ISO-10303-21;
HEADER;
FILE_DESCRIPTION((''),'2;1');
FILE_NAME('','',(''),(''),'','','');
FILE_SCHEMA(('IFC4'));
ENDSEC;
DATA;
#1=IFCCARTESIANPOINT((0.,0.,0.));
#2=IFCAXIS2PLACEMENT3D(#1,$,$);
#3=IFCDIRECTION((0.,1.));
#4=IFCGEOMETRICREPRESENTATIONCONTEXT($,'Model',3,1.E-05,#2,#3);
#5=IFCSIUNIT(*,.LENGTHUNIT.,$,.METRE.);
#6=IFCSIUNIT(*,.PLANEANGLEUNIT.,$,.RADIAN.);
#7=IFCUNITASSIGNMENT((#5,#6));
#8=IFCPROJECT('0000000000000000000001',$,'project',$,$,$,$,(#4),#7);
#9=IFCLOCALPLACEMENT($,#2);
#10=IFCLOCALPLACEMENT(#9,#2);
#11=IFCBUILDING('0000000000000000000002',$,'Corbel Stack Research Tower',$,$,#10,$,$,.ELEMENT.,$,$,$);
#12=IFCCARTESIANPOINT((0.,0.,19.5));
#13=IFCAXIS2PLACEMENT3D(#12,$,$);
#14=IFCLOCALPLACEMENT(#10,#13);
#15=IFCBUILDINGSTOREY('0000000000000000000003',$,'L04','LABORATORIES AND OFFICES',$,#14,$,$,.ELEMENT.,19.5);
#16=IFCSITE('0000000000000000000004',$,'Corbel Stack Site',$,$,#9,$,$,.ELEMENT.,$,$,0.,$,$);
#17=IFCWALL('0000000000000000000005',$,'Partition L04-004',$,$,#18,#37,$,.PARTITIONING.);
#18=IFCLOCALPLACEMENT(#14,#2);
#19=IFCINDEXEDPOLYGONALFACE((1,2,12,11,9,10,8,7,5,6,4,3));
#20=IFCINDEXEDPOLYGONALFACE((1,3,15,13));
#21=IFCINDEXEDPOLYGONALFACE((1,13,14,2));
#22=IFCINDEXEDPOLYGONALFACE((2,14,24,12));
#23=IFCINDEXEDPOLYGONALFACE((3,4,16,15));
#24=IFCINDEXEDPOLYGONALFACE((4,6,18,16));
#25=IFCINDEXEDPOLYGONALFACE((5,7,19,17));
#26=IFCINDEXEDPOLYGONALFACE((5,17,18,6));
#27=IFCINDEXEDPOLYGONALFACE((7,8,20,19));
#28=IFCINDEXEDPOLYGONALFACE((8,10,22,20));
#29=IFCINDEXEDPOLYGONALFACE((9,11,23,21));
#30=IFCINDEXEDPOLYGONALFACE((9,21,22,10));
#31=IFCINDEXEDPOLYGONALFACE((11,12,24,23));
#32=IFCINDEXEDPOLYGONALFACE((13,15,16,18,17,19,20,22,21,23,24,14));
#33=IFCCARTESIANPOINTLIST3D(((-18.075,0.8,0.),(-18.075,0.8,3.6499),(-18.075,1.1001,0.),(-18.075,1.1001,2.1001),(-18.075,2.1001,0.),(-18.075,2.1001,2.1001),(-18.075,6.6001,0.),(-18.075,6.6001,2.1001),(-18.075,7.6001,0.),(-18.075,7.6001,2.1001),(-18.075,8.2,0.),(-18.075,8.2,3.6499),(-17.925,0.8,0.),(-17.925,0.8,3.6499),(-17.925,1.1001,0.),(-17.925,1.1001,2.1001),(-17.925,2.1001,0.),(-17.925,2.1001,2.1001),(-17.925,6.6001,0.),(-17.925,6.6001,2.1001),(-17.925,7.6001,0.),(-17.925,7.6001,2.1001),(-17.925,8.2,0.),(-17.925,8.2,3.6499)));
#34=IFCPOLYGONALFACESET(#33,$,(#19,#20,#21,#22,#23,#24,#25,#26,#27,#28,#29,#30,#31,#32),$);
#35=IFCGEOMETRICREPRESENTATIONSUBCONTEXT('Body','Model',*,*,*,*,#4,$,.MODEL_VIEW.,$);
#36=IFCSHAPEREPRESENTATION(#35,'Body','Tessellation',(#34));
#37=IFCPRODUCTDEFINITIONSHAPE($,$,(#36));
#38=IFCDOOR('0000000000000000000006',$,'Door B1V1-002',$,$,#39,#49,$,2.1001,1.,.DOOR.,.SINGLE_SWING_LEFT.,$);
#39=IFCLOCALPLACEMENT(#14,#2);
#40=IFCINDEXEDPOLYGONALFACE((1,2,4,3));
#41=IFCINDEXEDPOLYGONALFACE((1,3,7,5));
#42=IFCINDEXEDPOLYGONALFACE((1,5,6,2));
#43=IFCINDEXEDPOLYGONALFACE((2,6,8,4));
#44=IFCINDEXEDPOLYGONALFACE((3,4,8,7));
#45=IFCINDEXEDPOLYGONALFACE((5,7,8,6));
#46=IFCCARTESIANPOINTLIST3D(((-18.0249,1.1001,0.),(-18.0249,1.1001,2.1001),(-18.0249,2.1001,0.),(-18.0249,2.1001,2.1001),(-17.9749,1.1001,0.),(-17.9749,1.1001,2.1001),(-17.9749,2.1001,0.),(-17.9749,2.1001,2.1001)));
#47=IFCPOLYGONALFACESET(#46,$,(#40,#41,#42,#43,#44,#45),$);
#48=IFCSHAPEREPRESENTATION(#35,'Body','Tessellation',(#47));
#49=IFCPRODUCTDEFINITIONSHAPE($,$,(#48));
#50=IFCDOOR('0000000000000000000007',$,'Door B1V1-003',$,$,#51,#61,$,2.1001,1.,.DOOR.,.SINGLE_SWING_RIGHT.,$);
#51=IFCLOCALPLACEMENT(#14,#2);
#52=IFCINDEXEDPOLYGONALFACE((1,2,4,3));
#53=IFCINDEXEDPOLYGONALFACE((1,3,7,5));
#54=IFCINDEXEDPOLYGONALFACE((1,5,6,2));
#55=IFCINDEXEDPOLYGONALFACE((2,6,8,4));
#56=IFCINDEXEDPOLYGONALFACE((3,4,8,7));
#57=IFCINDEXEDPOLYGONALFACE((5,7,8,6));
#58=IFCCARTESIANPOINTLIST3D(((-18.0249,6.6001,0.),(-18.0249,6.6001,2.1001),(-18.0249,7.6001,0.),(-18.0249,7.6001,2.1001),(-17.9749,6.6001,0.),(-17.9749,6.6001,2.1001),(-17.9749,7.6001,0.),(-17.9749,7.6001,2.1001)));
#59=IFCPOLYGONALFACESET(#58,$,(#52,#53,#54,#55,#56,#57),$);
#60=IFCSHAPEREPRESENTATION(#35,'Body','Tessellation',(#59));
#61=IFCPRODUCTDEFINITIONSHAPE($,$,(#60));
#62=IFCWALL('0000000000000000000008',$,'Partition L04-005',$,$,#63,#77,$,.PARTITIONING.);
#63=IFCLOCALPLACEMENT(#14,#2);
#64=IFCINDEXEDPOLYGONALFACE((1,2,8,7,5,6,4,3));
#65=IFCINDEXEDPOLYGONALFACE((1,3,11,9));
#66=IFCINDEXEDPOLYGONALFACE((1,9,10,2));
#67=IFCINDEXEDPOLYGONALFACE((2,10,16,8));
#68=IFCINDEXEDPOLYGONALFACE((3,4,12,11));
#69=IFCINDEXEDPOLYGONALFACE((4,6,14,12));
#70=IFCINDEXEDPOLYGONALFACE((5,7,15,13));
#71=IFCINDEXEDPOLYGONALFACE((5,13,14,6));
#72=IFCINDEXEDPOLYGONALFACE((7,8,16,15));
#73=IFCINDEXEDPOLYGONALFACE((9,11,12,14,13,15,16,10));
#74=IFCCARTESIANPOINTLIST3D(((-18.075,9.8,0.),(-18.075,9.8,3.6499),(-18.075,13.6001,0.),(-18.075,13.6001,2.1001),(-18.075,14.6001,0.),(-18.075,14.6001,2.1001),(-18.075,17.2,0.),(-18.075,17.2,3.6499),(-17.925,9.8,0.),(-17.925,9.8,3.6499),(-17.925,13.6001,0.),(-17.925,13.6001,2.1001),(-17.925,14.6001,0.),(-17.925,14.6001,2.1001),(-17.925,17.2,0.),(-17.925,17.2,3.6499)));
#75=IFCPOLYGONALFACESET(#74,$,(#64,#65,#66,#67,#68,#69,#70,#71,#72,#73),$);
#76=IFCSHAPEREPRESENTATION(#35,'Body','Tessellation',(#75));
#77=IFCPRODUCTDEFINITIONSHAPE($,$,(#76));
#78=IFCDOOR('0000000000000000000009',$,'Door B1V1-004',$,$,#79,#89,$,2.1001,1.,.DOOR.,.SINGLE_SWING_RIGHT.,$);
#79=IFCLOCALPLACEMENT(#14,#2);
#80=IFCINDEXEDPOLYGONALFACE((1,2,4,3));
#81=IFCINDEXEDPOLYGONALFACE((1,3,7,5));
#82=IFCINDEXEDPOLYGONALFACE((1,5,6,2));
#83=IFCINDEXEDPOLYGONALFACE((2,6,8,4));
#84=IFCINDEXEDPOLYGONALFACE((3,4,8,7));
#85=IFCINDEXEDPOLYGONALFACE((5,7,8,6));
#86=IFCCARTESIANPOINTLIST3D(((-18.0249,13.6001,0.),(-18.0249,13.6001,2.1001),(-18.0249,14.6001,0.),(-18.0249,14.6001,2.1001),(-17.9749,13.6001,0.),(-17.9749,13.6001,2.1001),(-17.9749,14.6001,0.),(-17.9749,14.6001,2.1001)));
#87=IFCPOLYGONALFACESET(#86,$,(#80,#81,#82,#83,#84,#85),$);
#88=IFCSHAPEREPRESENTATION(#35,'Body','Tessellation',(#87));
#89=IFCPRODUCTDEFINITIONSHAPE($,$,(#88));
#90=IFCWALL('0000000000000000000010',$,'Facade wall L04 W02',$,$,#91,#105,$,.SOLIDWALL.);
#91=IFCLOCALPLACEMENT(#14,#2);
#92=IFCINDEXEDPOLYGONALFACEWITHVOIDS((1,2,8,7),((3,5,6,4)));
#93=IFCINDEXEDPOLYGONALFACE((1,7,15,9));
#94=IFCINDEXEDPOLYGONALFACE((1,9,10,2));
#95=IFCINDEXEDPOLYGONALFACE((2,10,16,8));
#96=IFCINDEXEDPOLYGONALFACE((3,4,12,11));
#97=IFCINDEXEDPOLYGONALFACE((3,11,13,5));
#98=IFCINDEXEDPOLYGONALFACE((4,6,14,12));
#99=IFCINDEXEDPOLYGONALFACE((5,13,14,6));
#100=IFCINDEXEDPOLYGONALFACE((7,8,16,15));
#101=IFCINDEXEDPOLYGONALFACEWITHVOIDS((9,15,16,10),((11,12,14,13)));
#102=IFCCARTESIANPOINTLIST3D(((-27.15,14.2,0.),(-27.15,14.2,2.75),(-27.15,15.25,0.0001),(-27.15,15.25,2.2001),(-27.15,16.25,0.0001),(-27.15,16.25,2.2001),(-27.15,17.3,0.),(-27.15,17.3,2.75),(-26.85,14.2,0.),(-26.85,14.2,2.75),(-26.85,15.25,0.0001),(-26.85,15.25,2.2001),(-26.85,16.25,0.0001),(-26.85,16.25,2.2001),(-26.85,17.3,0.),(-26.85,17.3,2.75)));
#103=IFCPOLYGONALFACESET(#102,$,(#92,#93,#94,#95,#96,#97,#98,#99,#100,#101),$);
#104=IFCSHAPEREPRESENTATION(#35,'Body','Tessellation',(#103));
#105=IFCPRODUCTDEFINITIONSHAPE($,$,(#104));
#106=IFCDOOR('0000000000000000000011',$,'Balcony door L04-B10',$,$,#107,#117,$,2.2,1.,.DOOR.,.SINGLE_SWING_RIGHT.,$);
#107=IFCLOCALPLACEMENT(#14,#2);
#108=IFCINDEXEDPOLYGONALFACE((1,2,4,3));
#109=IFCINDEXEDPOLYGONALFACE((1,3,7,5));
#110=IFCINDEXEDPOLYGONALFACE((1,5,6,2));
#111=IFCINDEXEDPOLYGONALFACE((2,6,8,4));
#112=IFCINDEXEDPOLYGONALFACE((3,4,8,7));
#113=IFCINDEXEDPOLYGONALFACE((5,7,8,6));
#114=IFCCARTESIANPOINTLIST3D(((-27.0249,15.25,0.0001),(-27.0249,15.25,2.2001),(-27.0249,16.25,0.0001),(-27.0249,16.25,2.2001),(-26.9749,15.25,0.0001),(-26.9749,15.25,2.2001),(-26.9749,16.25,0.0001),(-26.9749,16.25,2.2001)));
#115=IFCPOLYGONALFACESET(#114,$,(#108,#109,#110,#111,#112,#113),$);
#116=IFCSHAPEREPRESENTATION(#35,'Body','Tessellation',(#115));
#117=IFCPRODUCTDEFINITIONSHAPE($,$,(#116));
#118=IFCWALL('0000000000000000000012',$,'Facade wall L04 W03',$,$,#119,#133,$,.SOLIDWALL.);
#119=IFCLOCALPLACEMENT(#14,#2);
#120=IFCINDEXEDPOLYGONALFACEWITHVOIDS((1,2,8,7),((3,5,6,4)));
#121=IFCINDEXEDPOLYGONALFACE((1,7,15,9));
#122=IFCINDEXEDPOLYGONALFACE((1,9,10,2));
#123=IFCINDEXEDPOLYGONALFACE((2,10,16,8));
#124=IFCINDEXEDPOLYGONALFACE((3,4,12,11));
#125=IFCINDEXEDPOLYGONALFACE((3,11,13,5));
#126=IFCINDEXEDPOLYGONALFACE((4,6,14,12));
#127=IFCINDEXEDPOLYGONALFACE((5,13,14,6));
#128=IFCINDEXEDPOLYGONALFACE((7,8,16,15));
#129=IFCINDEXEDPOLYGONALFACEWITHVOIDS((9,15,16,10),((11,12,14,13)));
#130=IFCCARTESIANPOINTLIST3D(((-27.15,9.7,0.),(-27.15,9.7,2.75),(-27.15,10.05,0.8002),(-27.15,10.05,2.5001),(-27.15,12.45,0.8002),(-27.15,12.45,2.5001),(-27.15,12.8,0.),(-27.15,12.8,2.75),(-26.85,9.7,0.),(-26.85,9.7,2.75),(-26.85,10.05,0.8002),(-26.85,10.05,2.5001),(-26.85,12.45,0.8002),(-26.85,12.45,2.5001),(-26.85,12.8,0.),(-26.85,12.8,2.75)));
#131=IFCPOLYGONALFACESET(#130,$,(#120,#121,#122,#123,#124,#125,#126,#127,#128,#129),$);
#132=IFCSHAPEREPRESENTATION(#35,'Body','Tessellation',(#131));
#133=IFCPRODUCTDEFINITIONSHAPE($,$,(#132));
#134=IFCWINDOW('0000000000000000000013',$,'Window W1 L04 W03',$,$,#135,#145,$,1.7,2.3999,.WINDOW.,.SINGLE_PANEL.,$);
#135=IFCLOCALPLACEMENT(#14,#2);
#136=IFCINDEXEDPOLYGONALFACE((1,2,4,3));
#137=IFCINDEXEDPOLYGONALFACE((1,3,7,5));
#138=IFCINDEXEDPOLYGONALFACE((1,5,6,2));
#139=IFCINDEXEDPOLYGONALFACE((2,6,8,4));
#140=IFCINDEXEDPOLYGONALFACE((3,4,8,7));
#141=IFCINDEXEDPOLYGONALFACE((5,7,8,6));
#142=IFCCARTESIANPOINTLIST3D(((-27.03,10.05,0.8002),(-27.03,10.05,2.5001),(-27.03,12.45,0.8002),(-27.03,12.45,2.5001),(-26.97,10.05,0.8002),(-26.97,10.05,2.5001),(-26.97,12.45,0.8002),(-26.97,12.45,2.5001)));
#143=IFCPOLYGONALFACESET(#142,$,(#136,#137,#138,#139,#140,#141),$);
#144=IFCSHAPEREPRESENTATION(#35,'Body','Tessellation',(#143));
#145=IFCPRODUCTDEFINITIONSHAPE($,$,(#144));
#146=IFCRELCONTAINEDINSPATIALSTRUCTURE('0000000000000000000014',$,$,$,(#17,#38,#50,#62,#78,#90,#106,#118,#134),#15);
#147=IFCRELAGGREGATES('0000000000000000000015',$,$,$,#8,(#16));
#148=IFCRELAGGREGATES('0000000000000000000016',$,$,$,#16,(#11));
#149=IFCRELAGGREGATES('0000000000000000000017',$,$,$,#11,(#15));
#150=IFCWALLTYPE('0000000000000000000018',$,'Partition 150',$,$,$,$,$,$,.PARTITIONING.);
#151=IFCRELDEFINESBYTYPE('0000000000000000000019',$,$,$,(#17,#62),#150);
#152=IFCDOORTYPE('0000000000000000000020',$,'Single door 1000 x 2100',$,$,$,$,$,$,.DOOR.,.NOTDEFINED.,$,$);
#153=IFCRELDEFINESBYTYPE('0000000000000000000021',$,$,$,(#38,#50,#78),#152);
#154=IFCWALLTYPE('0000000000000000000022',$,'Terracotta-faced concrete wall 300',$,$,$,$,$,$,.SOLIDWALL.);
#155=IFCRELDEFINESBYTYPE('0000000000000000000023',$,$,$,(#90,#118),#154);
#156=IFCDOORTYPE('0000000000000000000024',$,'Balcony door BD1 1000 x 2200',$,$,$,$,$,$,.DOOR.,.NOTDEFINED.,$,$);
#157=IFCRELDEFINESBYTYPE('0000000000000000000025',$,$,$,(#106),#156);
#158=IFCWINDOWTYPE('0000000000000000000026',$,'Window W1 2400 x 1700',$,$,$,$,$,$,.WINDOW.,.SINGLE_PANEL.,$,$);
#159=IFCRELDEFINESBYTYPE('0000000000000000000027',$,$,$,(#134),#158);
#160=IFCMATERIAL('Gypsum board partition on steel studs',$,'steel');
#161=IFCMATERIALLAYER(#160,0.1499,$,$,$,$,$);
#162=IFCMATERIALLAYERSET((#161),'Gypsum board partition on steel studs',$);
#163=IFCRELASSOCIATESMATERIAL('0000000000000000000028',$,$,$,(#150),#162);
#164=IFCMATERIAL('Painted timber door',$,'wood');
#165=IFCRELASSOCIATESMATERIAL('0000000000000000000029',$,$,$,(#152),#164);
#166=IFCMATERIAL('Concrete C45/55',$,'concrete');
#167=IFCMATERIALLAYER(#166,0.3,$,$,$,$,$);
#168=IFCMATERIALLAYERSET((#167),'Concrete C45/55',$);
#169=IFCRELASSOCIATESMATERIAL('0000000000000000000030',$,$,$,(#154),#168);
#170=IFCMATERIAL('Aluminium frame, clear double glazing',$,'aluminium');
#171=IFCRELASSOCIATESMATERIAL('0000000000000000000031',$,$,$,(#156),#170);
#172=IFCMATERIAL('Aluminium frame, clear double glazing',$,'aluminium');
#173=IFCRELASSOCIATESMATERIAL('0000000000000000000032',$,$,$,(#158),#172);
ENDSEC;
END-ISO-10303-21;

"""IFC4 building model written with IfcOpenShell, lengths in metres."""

from ifc_helpers import new_model, si_unit, direction, frame, frame_2d, origin, place, context, subcontext, project, spatial, rectangle, extrude, material, layer, layer_set, type_object, element, fill, save


model = new_model("IFC4")

# Units and contexts
model_context = context("Model", 3, precision=1e-05, world=origin(), true_north=direction((0.0, 1.0)))
body_context = subcontext(model_context, "Body", "Model", "MODEL_VIEW")
ifc_project = project(units=[si_unit("LENGTHUNIT", "METRE"), si_unit("PLANEANGLEUNIT", "RADIAN")], contexts=[model_context])

# Site, building, storey
site_placement = place(None, origin())
site = spatial("IfcSite", under=ifc_project, at=site_placement, Name="Corbel Stack Site", CompositionType="ELEMENT", RefElevation=0.0)
building_placement = place(site_placement, origin())
building = spatial("IfcBuilding", under=site, at=building_placement, Name="Corbel Stack Research Tower", CompositionType="ELEMENT")
storey_placement = place(building_placement, frame((0.0, 0.0, 19.5)))
storey = spatial("IfcBuildingStorey", under=building, at=storey_placement, Name="L04", Description="LABORATORIES AND OFFICES", CompositionType="ELEMENT", Elevation=19.5)

# Wall, openings, doors
ifc_material_1 = material(Name="Gypsum board partition on steel studs", Category="steel")
ifc_layer_1 = layer(ifc_material_1, 0.1499)
ifc_layer_set_1 = layer_set([ifc_layer_1], Name="Gypsum board partition on steel studs")
wall_type_1 = type_object("IfcWallType", Name="Partition 150", PredefinedType="PARTITIONING", material=ifc_layer_set_1)
wall_1_placement = place(storey_placement, frame((-18.0, 0.8, 0.0), z_axis=(0.0, 0.0, 1.0), x_axis=(0.0, 1.0, 0.0)))
wall_1 = element("IfcWall", 1, at=wall_1_placement, inside=storey, type_object=wall_type_1, Name="Partition L04-004", PredefinedType="PARTITIONING", context=body_context, shape_type="SweptSolid", body=[
    extrude(rectangle(XDim=7.3999, YDim=0.1499, at=frame_2d((3.7, 0.0))), origin(), (0.0, 0.0, 1.0), 3.6499),
])
opening_1_placement = place(wall_1_placement, frame((0.3, 0.0, 0.0)))
opening_1 = element("IfcOpeningElement", 2, at=opening_1_placement, cuts=wall_1, PredefinedType="OPENING", context=body_context, shape_type="SweptSolid", body=[
    extrude(rectangle(XDim=1.0, YDim=2.1001, at=frame_2d((0.5, 1.05))), frame((0.0, 0.085, 0.0), z_axis=(0.0, -1.0, 0.0), x_axis=(1.0, 0.0, 0.0)), (0.0, 0.0, 1.0), 0.1699),
])
opening_2_placement = place(wall_1_placement, frame((5.8, 0.0, 0.0)))
opening_2 = element("IfcOpeningElement", 3, at=opening_2_placement, cuts=wall_1, PredefinedType="OPENING", context=body_context, shape_type="SweptSolid", body=[
    extrude(rectangle(XDim=1.0, YDim=2.1001, at=frame_2d((0.5, 1.05))), frame((0.0, 0.085, 0.0), z_axis=(0.0, -1.0, 0.0), x_axis=(1.0, 0.0, 0.0)), (0.0, 0.0, 1.0), 0.1699),
])
ifc_material_2 = material(Name="Painted timber door", Category="wood")
door_type_1 = type_object("IfcDoorType", Name="Single door 1000 x 2100", OperationType="NOTDEFINED", PredefinedType="DOOR", material=ifc_material_2)
door_1_placement = place(opening_1_placement, origin())
door_1 = element("IfcDoor", 4, at=door_1_placement, inside=storey, type_object=door_type_1, Name="Door B1V1-002", OperationType="SINGLE_SWING_LEFT", OverallHeight=2.1001, OverallWidth=1.0, PredefinedType="DOOR", context=body_context, shape_type="SweptSolid", body=[
    extrude(rectangle(XDim=1.0, YDim=2.1001, at=frame_2d((0.5, 1.05))), frame((0.0, 0.0249, 0.0), z_axis=(0.0, -1.0, 0.0), x_axis=(1.0, 0.0, 0.0)), (0.0, 0.0, 1.0), 0.05),
])
fill(opening_1, door_1)
door_2_placement = place(opening_2_placement, origin())
door_2 = element("IfcDoor", 5, at=door_2_placement, inside=storey, type_object=door_type_1, Name="Door B1V1-003", OperationType="SINGLE_SWING_RIGHT", OverallHeight=2.1001, OverallWidth=1.0, PredefinedType="DOOR", context=body_context, shape_type="SweptSolid", body=[
    extrude(rectangle(XDim=1.0, YDim=2.1001, at=frame_2d((0.5, 1.05))), frame((0.0, 0.0249, 0.0), z_axis=(0.0, -1.0, 0.0), x_axis=(1.0, 0.0, 0.0)), (0.0, 0.0, 1.0), 0.05),
])
fill(opening_2, door_2)

# Walls, openings, doors
wall_2_placement = place(storey_placement, frame((-18.0, 9.8, 0.0), z_axis=(0.0, 0.0, 1.0), x_axis=(0.0, 1.0, 0.0)))
wall_2 = element("IfcWall", 6, at=wall_2_placement, inside=storey, type_object=wall_type_1, Name="Partition L04-005", PredefinedType="PARTITIONING", context=body_context, shape_type="SweptSolid", body=[
    extrude(rectangle(XDim=7.3999, YDim=0.1499, at=frame_2d((3.7, 0.0))), origin(), (0.0, 0.0, 1.0), 3.6499),
])
opening_3_placement = place(wall_2_placement, frame((3.8, 0.0, 0.0)))
opening_3 = element("IfcOpeningElement", 7, at=opening_3_placement, cuts=wall_2, PredefinedType="OPENING", context=body_context, shape_type="SweptSolid", body=[
    extrude(rectangle(XDim=1.0, YDim=2.1001, at=frame_2d((0.5, 1.05))), frame((0.0, 0.085, 0.0), z_axis=(0.0, -1.0, 0.0), x_axis=(1.0, 0.0, 0.0)), (0.0, 0.0, 1.0), 0.1699),
])
door_3_placement = place(opening_3_placement, origin())
door_3 = element("IfcDoor", 8, at=door_3_placement, inside=storey, type_object=door_type_1, Name="Door B1V1-004", OperationType="SINGLE_SWING_RIGHT", OverallHeight=2.1001, OverallWidth=1.0, PredefinedType="DOOR", context=body_context, shape_type="SweptSolid", body=[
    extrude(rectangle(XDim=1.0, YDim=2.1001, at=frame_2d((0.5, 1.05))), frame((0.0, 0.0249, 0.0), z_axis=(0.0, -1.0, 0.0), x_axis=(1.0, 0.0, 0.0)), (0.0, 0.0, 1.0), 0.05),
])
fill(opening_3, door_3)
ifc_material_3 = material(Name="Concrete C45/55", Category="concrete")
ifc_layer_2 = layer(ifc_material_3, 0.3)
ifc_layer_set_2 = layer_set([ifc_layer_2], Name="Concrete C45/55")
wall_type_2 = type_object("IfcWallType", Name="Terracotta-faced concrete wall 300", PredefinedType="SOLIDWALL", material=ifc_layer_set_2)
wall_3_placement = place(storey_placement, frame((-27.0, 14.2, 0.0), z_axis=(0.0, 0.0, 1.0), x_axis=(0.0, 1.0, 0.0)))
wall_3 = element("IfcWall", 9, at=wall_3_placement, inside=storey, type_object=wall_type_2, Name="Facade wall L04 W02", PredefinedType="SOLIDWALL", context=body_context, shape_type="SweptSolid", body=[
    extrude(rectangle(XDim=3.1001, YDim=0.3, at=frame_2d((1.55, 0.0))), origin(), (0.0, 0.0, 1.0), 2.75),
])
opening_4_placement = place(wall_3_placement, frame((1.05, 0.0, 0.0)))
opening_4 = element("IfcOpeningElement", 10, at=opening_4_placement, cuts=wall_3, PredefinedType="OPENING", context=body_context, shape_type="SweptSolid", body=[
    extrude(rectangle(XDim=1.0, YDim=2.2, at=frame_2d((0.5, 1.1001))), frame((0.0, 0.1599, 0.0), z_axis=(0.0, -1.0, 0.0), x_axis=(1.0, 0.0, 0.0)), (0.0, 0.0, 1.0), 0.3201),
])
ifc_material_4 = material(Name="Aluminium frame, clear double glazing", Category="aluminium")
door_type_2 = type_object("IfcDoorType", Name="Balcony door BD1 1000 x 2200", OperationType="NOTDEFINED", PredefinedType="DOOR", material=ifc_material_4)
door_4_placement = place(opening_4_placement, origin())
door_4 = element("IfcDoor", 11, at=door_4_placement, inside=storey, type_object=door_type_2, Name="Balcony door L04-B10", OperationType="SINGLE_SWING_RIGHT", OverallHeight=2.2, OverallWidth=1.0, PredefinedType="DOOR", context=body_context, shape_type="SweptSolid", body=[
    extrude(rectangle(XDim=1.0, YDim=2.2, at=frame_2d((0.5, 1.1001))), frame((0.0, 0.0249, 0.0), z_axis=(0.0, -1.0, 0.0), x_axis=(1.0, 0.0, 0.0)), (0.0, 0.0, 1.0), 0.05),
])
fill(opening_4, door_4)

# Wall, opening, window
wall_4_placement = place(storey_placement, frame((-27.0, 9.7, 0.0), z_axis=(0.0, 0.0, 1.0), x_axis=(0.0, 1.0, 0.0)))
wall_4 = element("IfcWall", 12, at=wall_4_placement, inside=storey, type_object=wall_type_2, Name="Facade wall L04 W03", PredefinedType="SOLIDWALL", context=body_context, shape_type="SweptSolid", body=[
    extrude(rectangle(XDim=3.1001, YDim=0.3, at=frame_2d((1.55, 0.0))), origin(), (0.0, 0.0, 1.0), 2.75),
])
opening_5_placement = place(wall_4_placement, frame((0.3501, 0.0, 0.8)))
opening_5 = element("IfcOpeningElement", 13, at=opening_5_placement, cuts=wall_4, PredefinedType="OPENING", context=body_context, shape_type="SweptSolid", body=[
    extrude(rectangle(XDim=2.3999, YDim=1.7, at=frame_2d((1.2, 0.8501))), frame((0.0, 0.1599, 0.0), z_axis=(0.0, -1.0, 0.0), x_axis=(1.0, 0.0, 0.0)), (0.0, 0.0, 1.0), 0.3201),
])
ifc_material_5 = material(Name="Aluminium frame, clear double glazing", Category="aluminium")
window_type = type_object("IfcWindowType", Name="Window W1 2400 x 1700", PartitioningType="SINGLE_PANEL", PredefinedType="WINDOW", material=ifc_material_5)
window_1_placement = place(opening_5_placement, origin())
window_1 = element("IfcWindow", 14, at=window_1_placement, inside=storey, type_object=window_type, Name="Window W1 L04 W03", OverallHeight=1.7, OverallWidth=2.3999, PartitioningType="SINGLE_PANEL", PredefinedType="WINDOW", context=body_context, shape_type="SweptSolid", body=[
    extrude(rectangle(XDim=2.3999, YDim=1.7, at=frame_2d((1.2, 0.8501))), frame((0.0, 0.03, 0.0), z_axis=(0.0, -1.0, 0.0), x_axis=(1.0, 0.0, 0.0)), (0.0, 0.0, 1.0), 0.0601),
])
fill(opening_5, window_1)

save(model, "model.ifc")
